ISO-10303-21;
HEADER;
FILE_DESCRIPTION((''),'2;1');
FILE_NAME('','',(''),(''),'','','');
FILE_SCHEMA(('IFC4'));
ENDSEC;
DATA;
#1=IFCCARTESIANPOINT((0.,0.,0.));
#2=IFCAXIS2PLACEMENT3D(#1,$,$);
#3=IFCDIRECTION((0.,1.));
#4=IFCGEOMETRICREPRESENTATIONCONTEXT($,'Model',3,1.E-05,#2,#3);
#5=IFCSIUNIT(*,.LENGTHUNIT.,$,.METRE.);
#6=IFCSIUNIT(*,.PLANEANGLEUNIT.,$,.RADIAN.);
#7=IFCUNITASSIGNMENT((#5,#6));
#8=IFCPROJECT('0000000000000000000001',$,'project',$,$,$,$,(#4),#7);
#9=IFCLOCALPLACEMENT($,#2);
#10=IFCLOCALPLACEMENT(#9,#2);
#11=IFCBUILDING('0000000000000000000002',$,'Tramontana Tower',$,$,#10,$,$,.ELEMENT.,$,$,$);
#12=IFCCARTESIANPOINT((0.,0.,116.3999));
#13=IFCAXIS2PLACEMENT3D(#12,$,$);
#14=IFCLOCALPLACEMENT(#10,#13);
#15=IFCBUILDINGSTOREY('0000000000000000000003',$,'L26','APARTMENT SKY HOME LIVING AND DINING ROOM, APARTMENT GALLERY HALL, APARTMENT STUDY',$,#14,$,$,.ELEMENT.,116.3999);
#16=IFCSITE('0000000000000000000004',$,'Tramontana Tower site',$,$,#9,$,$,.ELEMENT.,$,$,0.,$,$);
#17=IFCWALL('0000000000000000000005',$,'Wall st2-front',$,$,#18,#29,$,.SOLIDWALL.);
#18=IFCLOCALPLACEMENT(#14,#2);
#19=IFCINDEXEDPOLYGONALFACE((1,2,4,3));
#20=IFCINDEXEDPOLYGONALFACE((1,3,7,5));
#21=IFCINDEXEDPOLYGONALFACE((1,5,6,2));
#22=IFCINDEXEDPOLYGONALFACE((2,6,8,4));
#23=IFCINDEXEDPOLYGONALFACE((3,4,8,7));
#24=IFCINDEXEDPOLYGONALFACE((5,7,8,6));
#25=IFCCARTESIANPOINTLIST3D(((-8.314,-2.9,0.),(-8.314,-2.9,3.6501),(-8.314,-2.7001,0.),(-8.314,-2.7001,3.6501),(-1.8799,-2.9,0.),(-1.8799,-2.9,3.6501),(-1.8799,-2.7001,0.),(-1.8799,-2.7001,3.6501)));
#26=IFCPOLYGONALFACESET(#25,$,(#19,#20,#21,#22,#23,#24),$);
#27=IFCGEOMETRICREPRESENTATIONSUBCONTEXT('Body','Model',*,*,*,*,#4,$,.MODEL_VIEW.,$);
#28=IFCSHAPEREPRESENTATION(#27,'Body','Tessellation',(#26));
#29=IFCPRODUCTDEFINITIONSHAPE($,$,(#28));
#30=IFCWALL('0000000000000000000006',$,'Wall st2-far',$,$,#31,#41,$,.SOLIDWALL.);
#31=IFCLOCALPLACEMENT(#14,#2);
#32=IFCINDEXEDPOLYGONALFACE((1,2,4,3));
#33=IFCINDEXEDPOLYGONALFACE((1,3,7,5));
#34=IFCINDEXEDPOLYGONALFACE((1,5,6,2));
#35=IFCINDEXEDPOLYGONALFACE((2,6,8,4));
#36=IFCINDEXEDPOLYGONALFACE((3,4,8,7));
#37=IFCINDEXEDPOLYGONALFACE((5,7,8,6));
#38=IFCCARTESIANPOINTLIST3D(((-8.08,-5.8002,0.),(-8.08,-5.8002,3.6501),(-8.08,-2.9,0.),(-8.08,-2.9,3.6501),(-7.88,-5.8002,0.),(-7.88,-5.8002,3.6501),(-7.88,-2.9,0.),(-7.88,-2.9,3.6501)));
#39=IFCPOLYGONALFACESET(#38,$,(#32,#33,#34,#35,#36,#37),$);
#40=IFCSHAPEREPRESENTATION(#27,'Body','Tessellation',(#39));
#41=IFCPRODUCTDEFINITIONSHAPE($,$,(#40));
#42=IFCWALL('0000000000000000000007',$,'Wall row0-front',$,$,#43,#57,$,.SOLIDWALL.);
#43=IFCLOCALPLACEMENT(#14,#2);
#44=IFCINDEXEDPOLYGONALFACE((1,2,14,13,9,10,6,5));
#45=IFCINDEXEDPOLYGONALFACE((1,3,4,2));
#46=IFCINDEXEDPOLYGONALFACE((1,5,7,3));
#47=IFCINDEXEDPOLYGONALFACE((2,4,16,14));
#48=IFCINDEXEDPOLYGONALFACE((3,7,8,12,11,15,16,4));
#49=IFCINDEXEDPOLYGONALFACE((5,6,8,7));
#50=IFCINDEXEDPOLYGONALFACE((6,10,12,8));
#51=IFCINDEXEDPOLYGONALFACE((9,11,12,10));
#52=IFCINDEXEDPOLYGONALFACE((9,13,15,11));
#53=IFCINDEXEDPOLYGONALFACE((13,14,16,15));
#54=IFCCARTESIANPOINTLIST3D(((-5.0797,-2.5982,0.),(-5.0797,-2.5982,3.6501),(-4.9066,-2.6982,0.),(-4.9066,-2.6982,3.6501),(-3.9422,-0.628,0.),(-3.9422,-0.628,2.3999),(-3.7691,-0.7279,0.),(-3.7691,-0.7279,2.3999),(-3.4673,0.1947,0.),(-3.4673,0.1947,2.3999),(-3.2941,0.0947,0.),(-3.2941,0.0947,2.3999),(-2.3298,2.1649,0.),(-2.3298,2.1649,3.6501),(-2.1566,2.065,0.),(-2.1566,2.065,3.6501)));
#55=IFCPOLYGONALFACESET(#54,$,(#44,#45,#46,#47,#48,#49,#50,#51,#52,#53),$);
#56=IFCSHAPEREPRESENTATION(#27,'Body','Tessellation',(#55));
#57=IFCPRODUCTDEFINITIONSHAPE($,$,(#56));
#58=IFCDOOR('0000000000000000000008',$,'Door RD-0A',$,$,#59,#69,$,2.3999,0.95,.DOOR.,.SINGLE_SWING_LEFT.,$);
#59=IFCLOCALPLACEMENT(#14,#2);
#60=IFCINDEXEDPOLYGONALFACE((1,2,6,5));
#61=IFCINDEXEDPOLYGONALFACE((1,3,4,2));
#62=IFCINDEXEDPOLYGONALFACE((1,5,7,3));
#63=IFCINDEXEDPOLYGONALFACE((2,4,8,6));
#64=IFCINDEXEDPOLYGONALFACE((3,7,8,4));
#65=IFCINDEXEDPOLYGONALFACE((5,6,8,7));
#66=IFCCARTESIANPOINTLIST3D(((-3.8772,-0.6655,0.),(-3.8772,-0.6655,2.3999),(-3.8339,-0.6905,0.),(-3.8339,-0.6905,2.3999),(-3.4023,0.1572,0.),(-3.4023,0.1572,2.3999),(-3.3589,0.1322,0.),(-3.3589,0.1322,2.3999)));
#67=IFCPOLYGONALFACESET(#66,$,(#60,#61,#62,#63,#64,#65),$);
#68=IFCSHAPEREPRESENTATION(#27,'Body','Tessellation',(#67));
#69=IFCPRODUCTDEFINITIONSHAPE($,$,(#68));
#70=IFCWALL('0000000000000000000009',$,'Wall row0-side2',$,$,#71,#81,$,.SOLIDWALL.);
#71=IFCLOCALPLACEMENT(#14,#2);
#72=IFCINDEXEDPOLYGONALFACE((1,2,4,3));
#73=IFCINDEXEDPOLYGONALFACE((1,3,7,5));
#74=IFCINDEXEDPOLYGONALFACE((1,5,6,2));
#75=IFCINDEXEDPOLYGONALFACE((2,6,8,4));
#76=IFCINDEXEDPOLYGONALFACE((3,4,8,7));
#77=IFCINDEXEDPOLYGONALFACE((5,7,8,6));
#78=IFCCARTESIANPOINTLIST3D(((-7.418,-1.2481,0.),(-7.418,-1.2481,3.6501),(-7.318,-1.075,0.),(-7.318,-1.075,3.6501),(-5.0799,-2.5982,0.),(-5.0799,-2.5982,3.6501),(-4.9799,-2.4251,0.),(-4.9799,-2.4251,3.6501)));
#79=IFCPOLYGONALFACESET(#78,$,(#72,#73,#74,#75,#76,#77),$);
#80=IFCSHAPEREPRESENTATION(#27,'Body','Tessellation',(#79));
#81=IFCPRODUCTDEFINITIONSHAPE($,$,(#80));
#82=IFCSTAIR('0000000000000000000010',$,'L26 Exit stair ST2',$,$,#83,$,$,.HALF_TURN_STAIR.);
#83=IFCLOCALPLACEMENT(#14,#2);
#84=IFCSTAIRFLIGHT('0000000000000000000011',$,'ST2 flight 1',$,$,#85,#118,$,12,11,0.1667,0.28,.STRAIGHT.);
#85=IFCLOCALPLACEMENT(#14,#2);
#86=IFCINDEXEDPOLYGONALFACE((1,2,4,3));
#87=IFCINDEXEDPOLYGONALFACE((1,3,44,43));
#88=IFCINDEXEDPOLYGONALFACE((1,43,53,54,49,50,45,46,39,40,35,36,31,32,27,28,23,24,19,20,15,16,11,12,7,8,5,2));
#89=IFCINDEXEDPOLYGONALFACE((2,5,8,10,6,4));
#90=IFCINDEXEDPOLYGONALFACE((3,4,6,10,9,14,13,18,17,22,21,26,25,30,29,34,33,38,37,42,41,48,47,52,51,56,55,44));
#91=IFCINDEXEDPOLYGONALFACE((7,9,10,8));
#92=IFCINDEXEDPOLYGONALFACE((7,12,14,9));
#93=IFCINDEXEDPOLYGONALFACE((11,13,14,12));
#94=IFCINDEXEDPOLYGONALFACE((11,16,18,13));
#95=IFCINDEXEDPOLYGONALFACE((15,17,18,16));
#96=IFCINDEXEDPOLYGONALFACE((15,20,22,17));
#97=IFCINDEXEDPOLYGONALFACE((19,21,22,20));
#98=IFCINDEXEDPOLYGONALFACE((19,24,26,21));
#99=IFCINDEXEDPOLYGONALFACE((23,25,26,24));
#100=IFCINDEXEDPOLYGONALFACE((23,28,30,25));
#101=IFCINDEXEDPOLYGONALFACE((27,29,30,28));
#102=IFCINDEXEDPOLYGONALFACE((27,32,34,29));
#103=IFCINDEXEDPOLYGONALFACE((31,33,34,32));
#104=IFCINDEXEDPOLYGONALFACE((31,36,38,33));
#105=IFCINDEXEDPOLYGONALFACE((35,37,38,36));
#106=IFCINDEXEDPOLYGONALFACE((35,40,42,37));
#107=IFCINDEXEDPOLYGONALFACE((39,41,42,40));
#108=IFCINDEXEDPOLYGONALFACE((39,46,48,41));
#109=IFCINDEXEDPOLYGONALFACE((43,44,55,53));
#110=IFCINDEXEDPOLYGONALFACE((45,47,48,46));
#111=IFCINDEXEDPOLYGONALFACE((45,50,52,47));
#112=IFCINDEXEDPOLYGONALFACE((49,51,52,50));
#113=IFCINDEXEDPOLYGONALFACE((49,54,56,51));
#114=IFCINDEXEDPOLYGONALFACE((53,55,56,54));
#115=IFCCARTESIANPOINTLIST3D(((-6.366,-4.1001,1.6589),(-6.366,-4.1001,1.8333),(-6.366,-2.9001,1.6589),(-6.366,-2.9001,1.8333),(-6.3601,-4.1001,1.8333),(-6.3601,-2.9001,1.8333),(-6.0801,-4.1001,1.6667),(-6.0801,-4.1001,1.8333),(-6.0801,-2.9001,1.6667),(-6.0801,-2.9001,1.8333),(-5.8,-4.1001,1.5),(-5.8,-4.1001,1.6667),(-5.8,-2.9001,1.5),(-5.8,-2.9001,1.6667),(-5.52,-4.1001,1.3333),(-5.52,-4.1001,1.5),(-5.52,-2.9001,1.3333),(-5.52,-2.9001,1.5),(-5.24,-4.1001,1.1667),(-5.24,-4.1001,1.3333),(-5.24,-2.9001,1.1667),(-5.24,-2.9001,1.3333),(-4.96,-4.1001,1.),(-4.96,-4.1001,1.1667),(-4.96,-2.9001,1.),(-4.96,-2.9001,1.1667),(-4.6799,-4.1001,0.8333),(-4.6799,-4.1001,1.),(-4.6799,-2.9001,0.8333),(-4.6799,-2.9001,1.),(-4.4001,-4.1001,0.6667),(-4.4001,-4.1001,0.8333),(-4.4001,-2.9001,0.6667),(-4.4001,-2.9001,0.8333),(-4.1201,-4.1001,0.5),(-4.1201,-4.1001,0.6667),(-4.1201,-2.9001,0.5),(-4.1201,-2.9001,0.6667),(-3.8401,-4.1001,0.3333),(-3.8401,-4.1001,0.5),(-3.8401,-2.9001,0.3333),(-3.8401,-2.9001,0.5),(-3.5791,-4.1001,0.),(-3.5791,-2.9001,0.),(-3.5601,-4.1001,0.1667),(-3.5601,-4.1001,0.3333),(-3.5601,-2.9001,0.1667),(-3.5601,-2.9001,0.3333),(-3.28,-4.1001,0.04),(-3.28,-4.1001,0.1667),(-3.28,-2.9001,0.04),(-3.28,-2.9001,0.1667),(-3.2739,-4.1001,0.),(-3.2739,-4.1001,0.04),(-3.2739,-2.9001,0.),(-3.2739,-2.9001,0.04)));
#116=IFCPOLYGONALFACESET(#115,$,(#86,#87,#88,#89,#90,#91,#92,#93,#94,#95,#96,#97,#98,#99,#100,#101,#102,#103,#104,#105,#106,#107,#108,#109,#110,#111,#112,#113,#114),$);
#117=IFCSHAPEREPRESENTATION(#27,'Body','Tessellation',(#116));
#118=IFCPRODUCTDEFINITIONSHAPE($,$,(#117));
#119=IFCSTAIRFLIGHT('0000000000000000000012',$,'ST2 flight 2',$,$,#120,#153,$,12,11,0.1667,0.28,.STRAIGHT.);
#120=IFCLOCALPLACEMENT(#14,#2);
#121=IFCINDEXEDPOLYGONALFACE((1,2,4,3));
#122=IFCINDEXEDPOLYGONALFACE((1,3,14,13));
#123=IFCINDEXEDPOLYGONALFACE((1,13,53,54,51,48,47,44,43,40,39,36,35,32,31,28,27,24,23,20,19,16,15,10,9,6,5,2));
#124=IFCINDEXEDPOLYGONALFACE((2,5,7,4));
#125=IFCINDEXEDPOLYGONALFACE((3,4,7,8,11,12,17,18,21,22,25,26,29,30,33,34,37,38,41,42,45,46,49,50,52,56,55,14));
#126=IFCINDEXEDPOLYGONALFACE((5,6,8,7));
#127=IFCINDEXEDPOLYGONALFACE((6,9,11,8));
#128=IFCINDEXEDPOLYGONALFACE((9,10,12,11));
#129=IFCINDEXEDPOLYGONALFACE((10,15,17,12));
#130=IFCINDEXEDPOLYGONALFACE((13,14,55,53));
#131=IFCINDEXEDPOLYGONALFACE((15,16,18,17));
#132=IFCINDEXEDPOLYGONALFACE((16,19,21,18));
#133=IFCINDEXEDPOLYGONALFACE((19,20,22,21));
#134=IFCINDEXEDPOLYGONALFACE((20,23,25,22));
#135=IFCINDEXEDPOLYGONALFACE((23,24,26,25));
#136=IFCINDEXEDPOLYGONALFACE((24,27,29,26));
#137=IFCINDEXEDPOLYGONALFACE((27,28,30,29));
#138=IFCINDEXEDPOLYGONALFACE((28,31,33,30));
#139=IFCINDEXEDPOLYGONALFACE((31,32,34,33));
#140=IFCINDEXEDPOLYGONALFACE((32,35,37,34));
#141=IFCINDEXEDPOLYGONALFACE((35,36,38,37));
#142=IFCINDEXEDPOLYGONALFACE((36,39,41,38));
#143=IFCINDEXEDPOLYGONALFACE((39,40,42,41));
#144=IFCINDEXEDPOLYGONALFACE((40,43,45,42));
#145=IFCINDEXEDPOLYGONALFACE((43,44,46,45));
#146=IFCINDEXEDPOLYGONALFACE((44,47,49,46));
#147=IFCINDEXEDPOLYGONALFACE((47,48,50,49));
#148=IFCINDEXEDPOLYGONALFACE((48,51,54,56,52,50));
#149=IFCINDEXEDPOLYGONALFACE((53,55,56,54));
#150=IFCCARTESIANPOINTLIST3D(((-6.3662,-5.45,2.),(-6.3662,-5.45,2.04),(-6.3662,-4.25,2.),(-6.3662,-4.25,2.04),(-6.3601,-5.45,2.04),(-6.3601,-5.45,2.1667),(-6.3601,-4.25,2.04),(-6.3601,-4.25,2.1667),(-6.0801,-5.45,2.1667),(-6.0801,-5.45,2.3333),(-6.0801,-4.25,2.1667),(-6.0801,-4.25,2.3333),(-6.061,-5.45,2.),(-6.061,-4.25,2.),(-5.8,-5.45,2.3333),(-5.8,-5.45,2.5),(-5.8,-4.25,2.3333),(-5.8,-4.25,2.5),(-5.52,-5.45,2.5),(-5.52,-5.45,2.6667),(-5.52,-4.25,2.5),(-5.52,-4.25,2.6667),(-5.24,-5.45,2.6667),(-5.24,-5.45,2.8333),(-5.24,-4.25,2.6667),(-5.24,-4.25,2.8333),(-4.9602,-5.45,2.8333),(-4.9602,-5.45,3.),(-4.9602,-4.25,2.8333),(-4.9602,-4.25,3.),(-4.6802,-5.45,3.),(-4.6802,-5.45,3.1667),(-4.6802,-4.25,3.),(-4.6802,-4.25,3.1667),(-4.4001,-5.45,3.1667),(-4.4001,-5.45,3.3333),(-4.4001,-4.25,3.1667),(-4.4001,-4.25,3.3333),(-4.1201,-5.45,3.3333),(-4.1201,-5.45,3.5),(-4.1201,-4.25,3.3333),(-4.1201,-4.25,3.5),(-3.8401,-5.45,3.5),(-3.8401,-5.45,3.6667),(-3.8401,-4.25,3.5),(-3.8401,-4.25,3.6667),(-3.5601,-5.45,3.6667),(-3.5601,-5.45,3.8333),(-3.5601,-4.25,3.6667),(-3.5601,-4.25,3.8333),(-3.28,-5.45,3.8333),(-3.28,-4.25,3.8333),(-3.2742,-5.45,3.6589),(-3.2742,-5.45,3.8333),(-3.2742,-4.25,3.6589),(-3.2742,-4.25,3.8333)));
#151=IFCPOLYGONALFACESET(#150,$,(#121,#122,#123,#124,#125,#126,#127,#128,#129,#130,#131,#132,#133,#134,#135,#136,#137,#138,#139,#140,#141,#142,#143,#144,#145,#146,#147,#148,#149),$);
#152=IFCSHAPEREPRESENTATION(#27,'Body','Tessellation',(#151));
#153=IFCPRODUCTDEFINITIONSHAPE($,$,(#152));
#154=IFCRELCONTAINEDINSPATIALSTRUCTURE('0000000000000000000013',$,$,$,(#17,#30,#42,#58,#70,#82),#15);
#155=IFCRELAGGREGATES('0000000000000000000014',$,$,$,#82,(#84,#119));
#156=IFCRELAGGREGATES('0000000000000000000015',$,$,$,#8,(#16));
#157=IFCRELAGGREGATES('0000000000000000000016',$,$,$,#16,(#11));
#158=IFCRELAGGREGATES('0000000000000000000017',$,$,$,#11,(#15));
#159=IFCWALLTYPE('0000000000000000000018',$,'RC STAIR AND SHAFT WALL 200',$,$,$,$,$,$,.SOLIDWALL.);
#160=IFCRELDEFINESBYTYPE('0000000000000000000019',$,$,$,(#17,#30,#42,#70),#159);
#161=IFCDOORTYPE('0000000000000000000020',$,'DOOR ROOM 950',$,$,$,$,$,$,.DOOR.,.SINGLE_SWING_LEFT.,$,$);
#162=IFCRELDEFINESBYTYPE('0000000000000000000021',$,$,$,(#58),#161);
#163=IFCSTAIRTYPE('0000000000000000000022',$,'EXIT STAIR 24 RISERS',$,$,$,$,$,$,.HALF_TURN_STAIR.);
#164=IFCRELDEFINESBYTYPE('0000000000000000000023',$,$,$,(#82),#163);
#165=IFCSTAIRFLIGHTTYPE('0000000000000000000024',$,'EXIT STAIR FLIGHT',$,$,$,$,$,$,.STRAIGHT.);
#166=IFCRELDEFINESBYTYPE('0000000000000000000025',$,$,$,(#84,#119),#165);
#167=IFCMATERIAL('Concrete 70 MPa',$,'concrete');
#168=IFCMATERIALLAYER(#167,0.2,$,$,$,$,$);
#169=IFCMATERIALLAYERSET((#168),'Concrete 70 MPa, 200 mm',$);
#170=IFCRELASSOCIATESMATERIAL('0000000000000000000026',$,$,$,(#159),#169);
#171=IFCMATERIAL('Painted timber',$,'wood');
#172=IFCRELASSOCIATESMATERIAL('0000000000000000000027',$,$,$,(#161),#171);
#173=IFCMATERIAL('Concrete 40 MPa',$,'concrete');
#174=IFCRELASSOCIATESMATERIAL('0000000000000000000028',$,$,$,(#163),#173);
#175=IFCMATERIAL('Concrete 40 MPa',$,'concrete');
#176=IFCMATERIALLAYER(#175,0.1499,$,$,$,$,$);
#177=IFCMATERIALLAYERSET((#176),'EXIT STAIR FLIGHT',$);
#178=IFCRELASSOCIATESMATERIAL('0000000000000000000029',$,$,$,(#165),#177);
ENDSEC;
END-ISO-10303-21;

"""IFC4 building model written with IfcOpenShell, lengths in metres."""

from ifc_helpers import new_model, si_unit, direction, frame, frame_2d, origin, place, context, subcontext, project, spatial, polyline, rectangle, outline, extrude, material, layer, layer_set, type_object, element, fill, aggregate, save


model = new_model("IFC4")

# Units and contexts
model_context = context("Model", 3, precision=1e-05, world=origin(), true_north=direction((0.0, 1.0)))
body_context = subcontext(model_context, "Body", "Model", "MODEL_VIEW")
ifc_project = project(units=[si_unit("LENGTHUNIT", "METRE"), si_unit("PLANEANGLEUNIT", "RADIAN")], contexts=[model_context])

# Site, building, storey
site_placement = place(None, origin())
site = spatial("IfcSite", under=ifc_project, at=site_placement, Name="Tramontana Tower site", CompositionType="ELEMENT", RefElevation=0.0)
building_placement = place(site_placement, origin())
building = spatial("IfcBuilding", under=site, at=building_placement, Name="Tramontana Tower", CompositionType="ELEMENT")
storey_placement = place(building_placement, frame((0.0, 0.0, 116.3999)))
storey = spatial("IfcBuildingStorey", under=building, at=storey_placement, Name="L26", Description="APARTMENT SKY HOME LIVING AND DINING ROOM, APARTMENT GALLERY HALL, APARTMENT STUDY", CompositionType="ELEMENT", Elevation=116.3999)

# Walls
ifc_material_1 = material(Name="Concrete 70 MPa", Category="concrete")
ifc_layer_1 = layer(ifc_material_1, 0.2)
ifc_layer_set_1 = layer_set([ifc_layer_1], Name="Concrete 70 MPa, 200 mm")
wall_type_1 = type_object("IfcWallType", Name="RC STAIR AND SHAFT WALL 200", PredefinedType="SOLIDWALL", material=ifc_layer_set_1)
wall_1_placement = place(storey_placement, frame((-8.314, -2.8, 0.0), z_axis=(0.0, 0.0, 1.0), x_axis=(1.0, 0.0, 0.0)))
element("IfcWall", 1, at=wall_1_placement, inside=storey, type_object=wall_type_1, Name="Wall st2-front", PredefinedType="SOLIDWALL", context=body_context, shape_type="SweptSolid", body=[
    extrude(rectangle(XDim=6.4341, YDim=0.2, at=frame_2d((3.217, 0.0))), origin(), (0.0, 0.0, 1.0), 3.6501),
])
wall_2_placement = place(storey_placement, frame((-7.98, -2.8999, 0.0), z_axis=(0.0, 0.0, 1.0), x_axis=(0.0, -1.0, 0.0)))
element("IfcWall", 2, at=wall_2_placement, inside=storey, type_object=wall_type_1, Name="Wall st2-far", PredefinedType="SOLIDWALL", context=body_context, shape_type="SweptSolid", body=[
    extrude(rectangle(XDim=2.9001, YDim=0.2, at=frame_2d((1.4502, 0.0))), origin(), (0.0, 0.0, 1.0), 3.6501),
])

# Wall, opening, door
wall_3_placement = place(storey_placement, frame((-4.9932, -2.6482, 0.0), z_axis=(0.0, 0.0, 1.0), x_axis=(0.499997, 0.866027, 0.0)))
wall_3 = element("IfcWall", 3, at=wall_3_placement, inside=storey, type_object=wall_type_1, Name="Wall row0-front", PredefinedType="SOLIDWALL", context=body_context, shape_type="SweptSolid", body=[
    extrude(rectangle(XDim=5.5, YDim=0.2, at=frame_2d((2.75, 0.0))), origin(), (0.0, 0.0, 1.0), 3.6501),
])
opening_1_placement = place(wall_3_placement, frame((2.2749, 0.0, 0.0)))
opening_1 = element("IfcOpeningElement", 4, at=opening_1_placement, cuts=wall_3, PredefinedType="OPENING", context=body_context, shape_type="SweptSolid", body=[
    extrude(rectangle(XDim=0.95, YDim=2.3999, at=frame_2d((0.4751, 1.2))), frame((0.0, 0.1099, 0.0), z_axis=(0.0, -1.0, 0.0), x_axis=(1.0, 0.0, 0.0)), (0.0, 0.0, 1.0), 0.22),
])
ifc_material_2 = material(Name="Painted timber", Category="wood")
door_type_1 = type_object("IfcDoorType", Name="DOOR ROOM 950", OperationType="SINGLE_SWING_LEFT", PredefinedType="DOOR", material=ifc_material_2)
door_1_placement = place(opening_1_placement, origin())
door_1 = element("IfcDoor", 5, at=door_1_placement, inside=storey, type_object=door_type_1, Name="Door RD-0A", OperationType="SINGLE_SWING_LEFT", OverallHeight=2.3999, OverallWidth=0.95, PredefinedType="DOOR", context=body_context, shape_type="SweptSolid", body=[
    extrude(rectangle(XDim=0.95, YDim=2.3999, at=frame_2d((0.4751, 1.2))), frame((0.0, 0.0249, 0.0), z_axis=(0.0, -1.0, 0.0), x_axis=(1.0, 0.0, 0.0)), (0.0, 0.0, 1.0), 0.05),
])
fill(opening_1, door_1)

# Wall
wall_4_placement = place(storey_placement, frame((-5.0298, -2.5117, 0.0), z_axis=(0.0, 0.0, 1.0), x_axis=(-0.865997, 0.500049, 0.0)))
element("IfcWall", 6, at=wall_4_placement, inside=storey, type_object=wall_type_1, Name="Wall row0-side2", PredefinedType="SOLIDWALL", context=body_context, shape_type="SweptSolid", body=[
    extrude(rectangle(XDim=2.7, YDim=0.2, at=frame_2d((1.3501, 0.0))), origin(), (0.0, 0.0, 1.0), 3.6501),
])

# Stair, stair flights
ifc_material_3 = material(Name="Concrete 40 MPa", Category="concrete")
stair_type = type_object("IfcStairType", Name="EXIT STAIR 24 RISERS", PredefinedType="HALF_TURN_STAIR", material=ifc_material_3)
stair_placement = place(storey_placement, origin())
stair = element("IfcStair", 7, at=stair_placement, inside=storey, type_object=stair_type, Name="L26 Exit stair ST2", PredefinedType="HALF_TURN_STAIR")
ifc_material_4 = material(Name="Concrete 40 MPa", Category="concrete")
ifc_layer_2 = layer(ifc_material_4, 0.1499)
ifc_layer_set_2 = layer_set([ifc_layer_2], Name="EXIT STAIR FLIGHT")
stair_flight_type = type_object("IfcStairFlightType", Name="EXIT STAIR FLIGHT", PredefinedType="STRAIGHT", material=ifc_layer_set_2)
stair_flight_1_placement = place(storey_placement, frame((-3.28, -3.5, 0.0), z_axis=(0.0, 0.0, 1.0), x_axis=(-1.0, 0.0, 0.0)))
stair_flight_1 = element("IfcStairFlight", 8, at=stair_flight_1_placement, type_object=stair_flight_type, Name="ST2 flight 1", NumberOfRisers=12, NumberOfTreads=11, PredefinedType="STRAIGHT", RiserHeight=0.1667, TreadLength=0.28, context=body_context, shape_type="SweptSolid", body=[
    extrude(outline(polyline([(-0.0061, 0.0), (-0.0061, 0.04), (0.0, 0.04), (0.0, 0.1667), (0.28, 0.1667), (0.28, 0.3333), (0.5601, 0.3333), (0.5601, 0.5), (0.8401, 0.5), (0.8401, 0.6667), (1.1201, 0.6667), (1.1201, 0.8333), (1.3999, 0.8333), (1.3999, 1.0), (1.6799, 1.0), (1.6799, 1.1667), (1.96, 1.1667), (1.96, 1.3333), (2.24, 1.3333), (2.24, 1.5), (2.52, 1.5), (2.52, 1.6667), (2.8, 1.6667), (2.8, 1.8333), (3.0801, 1.8333), (3.0859, 1.8333), (3.0859, 1.6589), (0.2991, 0.0), (-0.0061, 0.0)])), frame((0.0, 0.6001, 0.0), z_axis=(0.0, -1.0, 0.0), x_axis=(1.0, 0.0, 0.0)), (0.0, 0.0, 1.0), 1.2),
])
stair_flight_2_placement = place(storey_placement, frame((-6.3601, -4.8501, 2.0), z_axis=(0.0, 0.0, 1.0), x_axis=(1.0, 0.0, 0.0)))
stair_flight_2 = element("IfcStairFlight", 9, at=stair_flight_2_placement, type_object=stair_flight_type, Name="ST2 flight 2", NumberOfRisers=12, NumberOfTreads=11, PredefinedType="STRAIGHT", RiserHeight=0.1667, TreadLength=0.28, context=body_context, shape_type="SweptSolid", body=[
    extrude(outline(polyline([(-0.0061, 0.0), (-0.0061, 0.04), (0.0, 0.04), (0.0, 0.1667), (0.28, 0.1667), (0.28, 0.3333), (0.5601, 0.3333), (0.5601, 0.5), (0.8401, 0.5), (0.8401, 0.6667), (1.1201, 0.6667), (1.1201, 0.8333), (1.3999, 0.8333), (1.3999, 1.0), (1.6799, 1.0), (1.6799, 1.1667), (1.96, 1.1667), (1.96, 1.3333), (2.24, 1.3333), (2.24, 1.5), (2.52, 1.5), (2.52, 1.6667), (2.8, 1.6667), (2.8, 1.8333), (3.0801, 1.8333), (3.0859, 1.8333), (3.0859, 1.6589), (0.2991, 0.0), (-0.0061, 0.0)])), frame((0.0, 0.6001, 0.0), z_axis=(0.0, -1.0, 0.0), x_axis=(1.0, 0.0, 0.0)), (0.0, 0.0, 1.0), 1.2),
])
aggregate(stair, [stair_flight_1, stair_flight_2])

save(model, "model.ifc")
